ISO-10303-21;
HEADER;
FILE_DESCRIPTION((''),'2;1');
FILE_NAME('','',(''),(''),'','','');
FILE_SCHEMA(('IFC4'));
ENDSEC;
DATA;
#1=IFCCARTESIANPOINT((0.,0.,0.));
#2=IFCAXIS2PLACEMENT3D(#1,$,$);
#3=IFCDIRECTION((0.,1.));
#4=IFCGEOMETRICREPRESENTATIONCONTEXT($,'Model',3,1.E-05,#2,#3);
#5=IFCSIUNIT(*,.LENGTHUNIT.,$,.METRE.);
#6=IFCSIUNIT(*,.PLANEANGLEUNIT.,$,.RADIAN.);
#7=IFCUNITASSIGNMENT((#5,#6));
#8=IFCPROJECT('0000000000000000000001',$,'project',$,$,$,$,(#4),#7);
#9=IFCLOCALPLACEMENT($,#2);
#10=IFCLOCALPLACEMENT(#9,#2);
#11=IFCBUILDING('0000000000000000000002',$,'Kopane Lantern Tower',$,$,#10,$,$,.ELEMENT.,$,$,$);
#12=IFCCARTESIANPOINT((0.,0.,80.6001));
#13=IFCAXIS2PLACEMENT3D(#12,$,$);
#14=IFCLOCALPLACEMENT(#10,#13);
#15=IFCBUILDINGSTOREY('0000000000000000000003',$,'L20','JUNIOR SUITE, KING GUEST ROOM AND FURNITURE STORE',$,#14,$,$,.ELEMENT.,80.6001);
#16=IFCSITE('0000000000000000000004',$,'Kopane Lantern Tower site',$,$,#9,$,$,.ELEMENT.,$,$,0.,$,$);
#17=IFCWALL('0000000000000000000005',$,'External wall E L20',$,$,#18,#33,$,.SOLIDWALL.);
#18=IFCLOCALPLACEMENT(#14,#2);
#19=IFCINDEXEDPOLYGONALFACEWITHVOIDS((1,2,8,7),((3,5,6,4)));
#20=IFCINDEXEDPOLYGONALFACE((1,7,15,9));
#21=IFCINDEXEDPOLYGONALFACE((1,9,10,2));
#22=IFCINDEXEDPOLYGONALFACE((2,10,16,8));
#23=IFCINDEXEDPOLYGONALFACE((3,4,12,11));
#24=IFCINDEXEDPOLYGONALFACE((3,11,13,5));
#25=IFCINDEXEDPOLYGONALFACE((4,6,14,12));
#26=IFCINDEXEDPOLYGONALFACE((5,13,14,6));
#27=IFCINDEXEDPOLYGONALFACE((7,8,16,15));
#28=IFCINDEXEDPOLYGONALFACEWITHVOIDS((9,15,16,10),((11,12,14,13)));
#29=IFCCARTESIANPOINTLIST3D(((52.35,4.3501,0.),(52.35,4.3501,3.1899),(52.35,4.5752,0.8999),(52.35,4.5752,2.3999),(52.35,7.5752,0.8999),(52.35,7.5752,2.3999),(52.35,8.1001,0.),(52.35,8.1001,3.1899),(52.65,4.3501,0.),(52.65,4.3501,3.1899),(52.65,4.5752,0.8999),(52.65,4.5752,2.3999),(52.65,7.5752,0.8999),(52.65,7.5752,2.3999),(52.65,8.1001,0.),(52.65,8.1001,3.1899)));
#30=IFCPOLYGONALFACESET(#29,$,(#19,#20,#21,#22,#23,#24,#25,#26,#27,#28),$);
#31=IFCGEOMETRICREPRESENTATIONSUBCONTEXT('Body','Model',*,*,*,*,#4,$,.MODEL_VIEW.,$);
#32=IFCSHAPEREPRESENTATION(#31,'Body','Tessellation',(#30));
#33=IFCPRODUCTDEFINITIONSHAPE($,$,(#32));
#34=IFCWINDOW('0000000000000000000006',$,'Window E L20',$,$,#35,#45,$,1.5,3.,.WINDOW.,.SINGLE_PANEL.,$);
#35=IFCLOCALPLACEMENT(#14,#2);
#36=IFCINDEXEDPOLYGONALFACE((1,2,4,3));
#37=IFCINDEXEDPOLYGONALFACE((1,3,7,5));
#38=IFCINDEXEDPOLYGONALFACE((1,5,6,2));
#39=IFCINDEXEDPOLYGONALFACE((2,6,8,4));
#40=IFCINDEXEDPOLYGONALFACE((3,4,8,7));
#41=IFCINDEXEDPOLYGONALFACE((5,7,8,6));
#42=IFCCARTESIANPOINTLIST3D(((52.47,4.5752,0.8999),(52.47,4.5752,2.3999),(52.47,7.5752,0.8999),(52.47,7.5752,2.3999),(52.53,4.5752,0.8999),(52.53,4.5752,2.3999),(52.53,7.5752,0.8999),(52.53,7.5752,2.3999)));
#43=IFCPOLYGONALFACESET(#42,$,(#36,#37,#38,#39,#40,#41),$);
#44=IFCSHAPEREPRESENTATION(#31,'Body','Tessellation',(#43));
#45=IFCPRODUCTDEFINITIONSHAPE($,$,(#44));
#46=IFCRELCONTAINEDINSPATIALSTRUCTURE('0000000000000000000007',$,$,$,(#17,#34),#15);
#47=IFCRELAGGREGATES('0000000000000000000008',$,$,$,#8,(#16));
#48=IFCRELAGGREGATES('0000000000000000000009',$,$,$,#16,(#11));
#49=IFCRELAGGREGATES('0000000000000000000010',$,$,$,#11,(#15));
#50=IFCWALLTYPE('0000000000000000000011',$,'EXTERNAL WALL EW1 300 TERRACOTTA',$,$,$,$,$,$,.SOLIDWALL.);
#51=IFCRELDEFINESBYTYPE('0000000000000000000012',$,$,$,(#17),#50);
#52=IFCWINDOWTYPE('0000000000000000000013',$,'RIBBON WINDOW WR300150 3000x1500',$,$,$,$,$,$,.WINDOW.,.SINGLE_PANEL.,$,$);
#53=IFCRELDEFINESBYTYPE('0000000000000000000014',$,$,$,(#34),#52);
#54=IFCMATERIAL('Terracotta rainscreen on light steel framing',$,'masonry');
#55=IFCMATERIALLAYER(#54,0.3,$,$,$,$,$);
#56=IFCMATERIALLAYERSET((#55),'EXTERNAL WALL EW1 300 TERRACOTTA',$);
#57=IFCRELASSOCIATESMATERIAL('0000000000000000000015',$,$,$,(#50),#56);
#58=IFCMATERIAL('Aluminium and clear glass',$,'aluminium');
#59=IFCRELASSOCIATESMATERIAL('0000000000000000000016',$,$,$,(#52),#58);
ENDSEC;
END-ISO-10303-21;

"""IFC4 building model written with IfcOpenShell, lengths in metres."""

from ifc_helpers import new_model, si_unit, direction, frame, frame_2d, origin, place, context, subcontext, project, spatial, rectangle, extrude, material, layer, layer_set, type_object, element, fill, save


model = new_model("IFC4")

# Units and contexts
model_context = context("Model", 3, precision=1e-05, world=origin(), true_north=direction((0.0, 1.0)))
body_context = subcontext(model_context, "Body", "Model", "MODEL_VIEW")
ifc_project = project(units=[si_unit("LENGTHUNIT", "METRE"), si_unit("PLANEANGLEUNIT", "RADIAN")], contexts=[model_context])

# Site, building, storey
site_placement = place(None, origin())
site = spatial("IfcSite", under=ifc_project, at=site_placement, Name="Kopane Lantern Tower site", CompositionType="ELEMENT", RefElevation=0.0)
building_placement = place(site_placement, origin())
building = spatial("IfcBuilding", under=site, at=building_placement, Name="Kopane Lantern Tower", CompositionType="ELEMENT")
storey_placement = place(building_placement, frame((0.0, 0.0, 80.6001)))
storey = spatial("IfcBuildingStorey", under=building, at=storey_placement, Name="L20", Description="JUNIOR SUITE, KING GUEST ROOM AND FURNITURE STORE", CompositionType="ELEMENT", Elevation=80.6001)

# Wall, opening, window
ifc_material_1 = material(Name="Terracotta rainscreen on light steel framing", Category="masonry")
ifc_layer = layer(ifc_material_1, 0.3)
ifc_layer_set = layer_set([ifc_layer], Name="EXTERNAL WALL EW1 300 TERRACOTTA")
wall_type = type_object("IfcWallType", Name="EXTERNAL WALL EW1 300 TERRACOTTA", PredefinedType="SOLIDWALL", material=ifc_layer_set)
ifc_material_2 = material(Name="Aluminium and clear glass", Category="aluminium")
window_type = type_object("IfcWindowType", Name="RIBBON WINDOW WR300150 3000x1500", PartitioningType="SINGLE_PANEL", PredefinedType="WINDOW", material=ifc_material_2)
wall_1_placement = place(storey_placement, frame((52.5, 4.3501, 0.0), z_axis=(0.0, 0.0, 1.0), x_axis=(0.0, 1.0, 0.0)))
wall_1 = element("IfcWall", 1, at=wall_1_placement, inside=storey, type_object=wall_type, Name="External wall E L20", PredefinedType="SOLIDWALL", context=body_context, shape_type="SweptSolid", body=[
    extrude(rectangle(XDim=3.75, YDim=0.3, at=frame_2d((1.875, 0.0))), origin(), (0.0, 0.0, 1.0), 3.1899),
])
opening_1_placement = place(wall_1_placement, frame((0.2251, 0.0, 0.8999)))
opening_1 = element("IfcOpeningElement", 2, at=opening_1_placement, cuts=wall_1, PredefinedType="OPENING", context=body_context, shape_type="SweptSolid", body=[
    extrude(rectangle(XDim=3.0, YDim=1.5, at=frame_2d((1.5, 0.75))), frame((0.0, 0.1599, 0.0), z_axis=(0.0, -1.0, 0.0), x_axis=(1.0, 0.0, 0.0)), (0.0, 0.0, 1.0), 0.3201),
])
window_1_placement = place(opening_1_placement, origin())
window_1 = element("IfcWindow", 3, at=window_1_placement, inside=storey, type_object=window_type, Name="Window E L20", OverallHeight=1.5, OverallWidth=3.0, PartitioningType="SINGLE_PANEL", PredefinedType="WINDOW", context=body_context, shape_type="SweptSolid", body=[
    extrude(rectangle(XDim=3.0, YDim=1.5, at=frame_2d((1.5, 0.75))), frame((0.0, 0.03, 0.0), z_axis=(0.0, -1.0, 0.0), x_axis=(1.0, 0.0, 0.0)), (0.0, 0.0, 1.0), 0.0601),
])
fill(opening_1, window_1)

save(model, "model.ifc")
